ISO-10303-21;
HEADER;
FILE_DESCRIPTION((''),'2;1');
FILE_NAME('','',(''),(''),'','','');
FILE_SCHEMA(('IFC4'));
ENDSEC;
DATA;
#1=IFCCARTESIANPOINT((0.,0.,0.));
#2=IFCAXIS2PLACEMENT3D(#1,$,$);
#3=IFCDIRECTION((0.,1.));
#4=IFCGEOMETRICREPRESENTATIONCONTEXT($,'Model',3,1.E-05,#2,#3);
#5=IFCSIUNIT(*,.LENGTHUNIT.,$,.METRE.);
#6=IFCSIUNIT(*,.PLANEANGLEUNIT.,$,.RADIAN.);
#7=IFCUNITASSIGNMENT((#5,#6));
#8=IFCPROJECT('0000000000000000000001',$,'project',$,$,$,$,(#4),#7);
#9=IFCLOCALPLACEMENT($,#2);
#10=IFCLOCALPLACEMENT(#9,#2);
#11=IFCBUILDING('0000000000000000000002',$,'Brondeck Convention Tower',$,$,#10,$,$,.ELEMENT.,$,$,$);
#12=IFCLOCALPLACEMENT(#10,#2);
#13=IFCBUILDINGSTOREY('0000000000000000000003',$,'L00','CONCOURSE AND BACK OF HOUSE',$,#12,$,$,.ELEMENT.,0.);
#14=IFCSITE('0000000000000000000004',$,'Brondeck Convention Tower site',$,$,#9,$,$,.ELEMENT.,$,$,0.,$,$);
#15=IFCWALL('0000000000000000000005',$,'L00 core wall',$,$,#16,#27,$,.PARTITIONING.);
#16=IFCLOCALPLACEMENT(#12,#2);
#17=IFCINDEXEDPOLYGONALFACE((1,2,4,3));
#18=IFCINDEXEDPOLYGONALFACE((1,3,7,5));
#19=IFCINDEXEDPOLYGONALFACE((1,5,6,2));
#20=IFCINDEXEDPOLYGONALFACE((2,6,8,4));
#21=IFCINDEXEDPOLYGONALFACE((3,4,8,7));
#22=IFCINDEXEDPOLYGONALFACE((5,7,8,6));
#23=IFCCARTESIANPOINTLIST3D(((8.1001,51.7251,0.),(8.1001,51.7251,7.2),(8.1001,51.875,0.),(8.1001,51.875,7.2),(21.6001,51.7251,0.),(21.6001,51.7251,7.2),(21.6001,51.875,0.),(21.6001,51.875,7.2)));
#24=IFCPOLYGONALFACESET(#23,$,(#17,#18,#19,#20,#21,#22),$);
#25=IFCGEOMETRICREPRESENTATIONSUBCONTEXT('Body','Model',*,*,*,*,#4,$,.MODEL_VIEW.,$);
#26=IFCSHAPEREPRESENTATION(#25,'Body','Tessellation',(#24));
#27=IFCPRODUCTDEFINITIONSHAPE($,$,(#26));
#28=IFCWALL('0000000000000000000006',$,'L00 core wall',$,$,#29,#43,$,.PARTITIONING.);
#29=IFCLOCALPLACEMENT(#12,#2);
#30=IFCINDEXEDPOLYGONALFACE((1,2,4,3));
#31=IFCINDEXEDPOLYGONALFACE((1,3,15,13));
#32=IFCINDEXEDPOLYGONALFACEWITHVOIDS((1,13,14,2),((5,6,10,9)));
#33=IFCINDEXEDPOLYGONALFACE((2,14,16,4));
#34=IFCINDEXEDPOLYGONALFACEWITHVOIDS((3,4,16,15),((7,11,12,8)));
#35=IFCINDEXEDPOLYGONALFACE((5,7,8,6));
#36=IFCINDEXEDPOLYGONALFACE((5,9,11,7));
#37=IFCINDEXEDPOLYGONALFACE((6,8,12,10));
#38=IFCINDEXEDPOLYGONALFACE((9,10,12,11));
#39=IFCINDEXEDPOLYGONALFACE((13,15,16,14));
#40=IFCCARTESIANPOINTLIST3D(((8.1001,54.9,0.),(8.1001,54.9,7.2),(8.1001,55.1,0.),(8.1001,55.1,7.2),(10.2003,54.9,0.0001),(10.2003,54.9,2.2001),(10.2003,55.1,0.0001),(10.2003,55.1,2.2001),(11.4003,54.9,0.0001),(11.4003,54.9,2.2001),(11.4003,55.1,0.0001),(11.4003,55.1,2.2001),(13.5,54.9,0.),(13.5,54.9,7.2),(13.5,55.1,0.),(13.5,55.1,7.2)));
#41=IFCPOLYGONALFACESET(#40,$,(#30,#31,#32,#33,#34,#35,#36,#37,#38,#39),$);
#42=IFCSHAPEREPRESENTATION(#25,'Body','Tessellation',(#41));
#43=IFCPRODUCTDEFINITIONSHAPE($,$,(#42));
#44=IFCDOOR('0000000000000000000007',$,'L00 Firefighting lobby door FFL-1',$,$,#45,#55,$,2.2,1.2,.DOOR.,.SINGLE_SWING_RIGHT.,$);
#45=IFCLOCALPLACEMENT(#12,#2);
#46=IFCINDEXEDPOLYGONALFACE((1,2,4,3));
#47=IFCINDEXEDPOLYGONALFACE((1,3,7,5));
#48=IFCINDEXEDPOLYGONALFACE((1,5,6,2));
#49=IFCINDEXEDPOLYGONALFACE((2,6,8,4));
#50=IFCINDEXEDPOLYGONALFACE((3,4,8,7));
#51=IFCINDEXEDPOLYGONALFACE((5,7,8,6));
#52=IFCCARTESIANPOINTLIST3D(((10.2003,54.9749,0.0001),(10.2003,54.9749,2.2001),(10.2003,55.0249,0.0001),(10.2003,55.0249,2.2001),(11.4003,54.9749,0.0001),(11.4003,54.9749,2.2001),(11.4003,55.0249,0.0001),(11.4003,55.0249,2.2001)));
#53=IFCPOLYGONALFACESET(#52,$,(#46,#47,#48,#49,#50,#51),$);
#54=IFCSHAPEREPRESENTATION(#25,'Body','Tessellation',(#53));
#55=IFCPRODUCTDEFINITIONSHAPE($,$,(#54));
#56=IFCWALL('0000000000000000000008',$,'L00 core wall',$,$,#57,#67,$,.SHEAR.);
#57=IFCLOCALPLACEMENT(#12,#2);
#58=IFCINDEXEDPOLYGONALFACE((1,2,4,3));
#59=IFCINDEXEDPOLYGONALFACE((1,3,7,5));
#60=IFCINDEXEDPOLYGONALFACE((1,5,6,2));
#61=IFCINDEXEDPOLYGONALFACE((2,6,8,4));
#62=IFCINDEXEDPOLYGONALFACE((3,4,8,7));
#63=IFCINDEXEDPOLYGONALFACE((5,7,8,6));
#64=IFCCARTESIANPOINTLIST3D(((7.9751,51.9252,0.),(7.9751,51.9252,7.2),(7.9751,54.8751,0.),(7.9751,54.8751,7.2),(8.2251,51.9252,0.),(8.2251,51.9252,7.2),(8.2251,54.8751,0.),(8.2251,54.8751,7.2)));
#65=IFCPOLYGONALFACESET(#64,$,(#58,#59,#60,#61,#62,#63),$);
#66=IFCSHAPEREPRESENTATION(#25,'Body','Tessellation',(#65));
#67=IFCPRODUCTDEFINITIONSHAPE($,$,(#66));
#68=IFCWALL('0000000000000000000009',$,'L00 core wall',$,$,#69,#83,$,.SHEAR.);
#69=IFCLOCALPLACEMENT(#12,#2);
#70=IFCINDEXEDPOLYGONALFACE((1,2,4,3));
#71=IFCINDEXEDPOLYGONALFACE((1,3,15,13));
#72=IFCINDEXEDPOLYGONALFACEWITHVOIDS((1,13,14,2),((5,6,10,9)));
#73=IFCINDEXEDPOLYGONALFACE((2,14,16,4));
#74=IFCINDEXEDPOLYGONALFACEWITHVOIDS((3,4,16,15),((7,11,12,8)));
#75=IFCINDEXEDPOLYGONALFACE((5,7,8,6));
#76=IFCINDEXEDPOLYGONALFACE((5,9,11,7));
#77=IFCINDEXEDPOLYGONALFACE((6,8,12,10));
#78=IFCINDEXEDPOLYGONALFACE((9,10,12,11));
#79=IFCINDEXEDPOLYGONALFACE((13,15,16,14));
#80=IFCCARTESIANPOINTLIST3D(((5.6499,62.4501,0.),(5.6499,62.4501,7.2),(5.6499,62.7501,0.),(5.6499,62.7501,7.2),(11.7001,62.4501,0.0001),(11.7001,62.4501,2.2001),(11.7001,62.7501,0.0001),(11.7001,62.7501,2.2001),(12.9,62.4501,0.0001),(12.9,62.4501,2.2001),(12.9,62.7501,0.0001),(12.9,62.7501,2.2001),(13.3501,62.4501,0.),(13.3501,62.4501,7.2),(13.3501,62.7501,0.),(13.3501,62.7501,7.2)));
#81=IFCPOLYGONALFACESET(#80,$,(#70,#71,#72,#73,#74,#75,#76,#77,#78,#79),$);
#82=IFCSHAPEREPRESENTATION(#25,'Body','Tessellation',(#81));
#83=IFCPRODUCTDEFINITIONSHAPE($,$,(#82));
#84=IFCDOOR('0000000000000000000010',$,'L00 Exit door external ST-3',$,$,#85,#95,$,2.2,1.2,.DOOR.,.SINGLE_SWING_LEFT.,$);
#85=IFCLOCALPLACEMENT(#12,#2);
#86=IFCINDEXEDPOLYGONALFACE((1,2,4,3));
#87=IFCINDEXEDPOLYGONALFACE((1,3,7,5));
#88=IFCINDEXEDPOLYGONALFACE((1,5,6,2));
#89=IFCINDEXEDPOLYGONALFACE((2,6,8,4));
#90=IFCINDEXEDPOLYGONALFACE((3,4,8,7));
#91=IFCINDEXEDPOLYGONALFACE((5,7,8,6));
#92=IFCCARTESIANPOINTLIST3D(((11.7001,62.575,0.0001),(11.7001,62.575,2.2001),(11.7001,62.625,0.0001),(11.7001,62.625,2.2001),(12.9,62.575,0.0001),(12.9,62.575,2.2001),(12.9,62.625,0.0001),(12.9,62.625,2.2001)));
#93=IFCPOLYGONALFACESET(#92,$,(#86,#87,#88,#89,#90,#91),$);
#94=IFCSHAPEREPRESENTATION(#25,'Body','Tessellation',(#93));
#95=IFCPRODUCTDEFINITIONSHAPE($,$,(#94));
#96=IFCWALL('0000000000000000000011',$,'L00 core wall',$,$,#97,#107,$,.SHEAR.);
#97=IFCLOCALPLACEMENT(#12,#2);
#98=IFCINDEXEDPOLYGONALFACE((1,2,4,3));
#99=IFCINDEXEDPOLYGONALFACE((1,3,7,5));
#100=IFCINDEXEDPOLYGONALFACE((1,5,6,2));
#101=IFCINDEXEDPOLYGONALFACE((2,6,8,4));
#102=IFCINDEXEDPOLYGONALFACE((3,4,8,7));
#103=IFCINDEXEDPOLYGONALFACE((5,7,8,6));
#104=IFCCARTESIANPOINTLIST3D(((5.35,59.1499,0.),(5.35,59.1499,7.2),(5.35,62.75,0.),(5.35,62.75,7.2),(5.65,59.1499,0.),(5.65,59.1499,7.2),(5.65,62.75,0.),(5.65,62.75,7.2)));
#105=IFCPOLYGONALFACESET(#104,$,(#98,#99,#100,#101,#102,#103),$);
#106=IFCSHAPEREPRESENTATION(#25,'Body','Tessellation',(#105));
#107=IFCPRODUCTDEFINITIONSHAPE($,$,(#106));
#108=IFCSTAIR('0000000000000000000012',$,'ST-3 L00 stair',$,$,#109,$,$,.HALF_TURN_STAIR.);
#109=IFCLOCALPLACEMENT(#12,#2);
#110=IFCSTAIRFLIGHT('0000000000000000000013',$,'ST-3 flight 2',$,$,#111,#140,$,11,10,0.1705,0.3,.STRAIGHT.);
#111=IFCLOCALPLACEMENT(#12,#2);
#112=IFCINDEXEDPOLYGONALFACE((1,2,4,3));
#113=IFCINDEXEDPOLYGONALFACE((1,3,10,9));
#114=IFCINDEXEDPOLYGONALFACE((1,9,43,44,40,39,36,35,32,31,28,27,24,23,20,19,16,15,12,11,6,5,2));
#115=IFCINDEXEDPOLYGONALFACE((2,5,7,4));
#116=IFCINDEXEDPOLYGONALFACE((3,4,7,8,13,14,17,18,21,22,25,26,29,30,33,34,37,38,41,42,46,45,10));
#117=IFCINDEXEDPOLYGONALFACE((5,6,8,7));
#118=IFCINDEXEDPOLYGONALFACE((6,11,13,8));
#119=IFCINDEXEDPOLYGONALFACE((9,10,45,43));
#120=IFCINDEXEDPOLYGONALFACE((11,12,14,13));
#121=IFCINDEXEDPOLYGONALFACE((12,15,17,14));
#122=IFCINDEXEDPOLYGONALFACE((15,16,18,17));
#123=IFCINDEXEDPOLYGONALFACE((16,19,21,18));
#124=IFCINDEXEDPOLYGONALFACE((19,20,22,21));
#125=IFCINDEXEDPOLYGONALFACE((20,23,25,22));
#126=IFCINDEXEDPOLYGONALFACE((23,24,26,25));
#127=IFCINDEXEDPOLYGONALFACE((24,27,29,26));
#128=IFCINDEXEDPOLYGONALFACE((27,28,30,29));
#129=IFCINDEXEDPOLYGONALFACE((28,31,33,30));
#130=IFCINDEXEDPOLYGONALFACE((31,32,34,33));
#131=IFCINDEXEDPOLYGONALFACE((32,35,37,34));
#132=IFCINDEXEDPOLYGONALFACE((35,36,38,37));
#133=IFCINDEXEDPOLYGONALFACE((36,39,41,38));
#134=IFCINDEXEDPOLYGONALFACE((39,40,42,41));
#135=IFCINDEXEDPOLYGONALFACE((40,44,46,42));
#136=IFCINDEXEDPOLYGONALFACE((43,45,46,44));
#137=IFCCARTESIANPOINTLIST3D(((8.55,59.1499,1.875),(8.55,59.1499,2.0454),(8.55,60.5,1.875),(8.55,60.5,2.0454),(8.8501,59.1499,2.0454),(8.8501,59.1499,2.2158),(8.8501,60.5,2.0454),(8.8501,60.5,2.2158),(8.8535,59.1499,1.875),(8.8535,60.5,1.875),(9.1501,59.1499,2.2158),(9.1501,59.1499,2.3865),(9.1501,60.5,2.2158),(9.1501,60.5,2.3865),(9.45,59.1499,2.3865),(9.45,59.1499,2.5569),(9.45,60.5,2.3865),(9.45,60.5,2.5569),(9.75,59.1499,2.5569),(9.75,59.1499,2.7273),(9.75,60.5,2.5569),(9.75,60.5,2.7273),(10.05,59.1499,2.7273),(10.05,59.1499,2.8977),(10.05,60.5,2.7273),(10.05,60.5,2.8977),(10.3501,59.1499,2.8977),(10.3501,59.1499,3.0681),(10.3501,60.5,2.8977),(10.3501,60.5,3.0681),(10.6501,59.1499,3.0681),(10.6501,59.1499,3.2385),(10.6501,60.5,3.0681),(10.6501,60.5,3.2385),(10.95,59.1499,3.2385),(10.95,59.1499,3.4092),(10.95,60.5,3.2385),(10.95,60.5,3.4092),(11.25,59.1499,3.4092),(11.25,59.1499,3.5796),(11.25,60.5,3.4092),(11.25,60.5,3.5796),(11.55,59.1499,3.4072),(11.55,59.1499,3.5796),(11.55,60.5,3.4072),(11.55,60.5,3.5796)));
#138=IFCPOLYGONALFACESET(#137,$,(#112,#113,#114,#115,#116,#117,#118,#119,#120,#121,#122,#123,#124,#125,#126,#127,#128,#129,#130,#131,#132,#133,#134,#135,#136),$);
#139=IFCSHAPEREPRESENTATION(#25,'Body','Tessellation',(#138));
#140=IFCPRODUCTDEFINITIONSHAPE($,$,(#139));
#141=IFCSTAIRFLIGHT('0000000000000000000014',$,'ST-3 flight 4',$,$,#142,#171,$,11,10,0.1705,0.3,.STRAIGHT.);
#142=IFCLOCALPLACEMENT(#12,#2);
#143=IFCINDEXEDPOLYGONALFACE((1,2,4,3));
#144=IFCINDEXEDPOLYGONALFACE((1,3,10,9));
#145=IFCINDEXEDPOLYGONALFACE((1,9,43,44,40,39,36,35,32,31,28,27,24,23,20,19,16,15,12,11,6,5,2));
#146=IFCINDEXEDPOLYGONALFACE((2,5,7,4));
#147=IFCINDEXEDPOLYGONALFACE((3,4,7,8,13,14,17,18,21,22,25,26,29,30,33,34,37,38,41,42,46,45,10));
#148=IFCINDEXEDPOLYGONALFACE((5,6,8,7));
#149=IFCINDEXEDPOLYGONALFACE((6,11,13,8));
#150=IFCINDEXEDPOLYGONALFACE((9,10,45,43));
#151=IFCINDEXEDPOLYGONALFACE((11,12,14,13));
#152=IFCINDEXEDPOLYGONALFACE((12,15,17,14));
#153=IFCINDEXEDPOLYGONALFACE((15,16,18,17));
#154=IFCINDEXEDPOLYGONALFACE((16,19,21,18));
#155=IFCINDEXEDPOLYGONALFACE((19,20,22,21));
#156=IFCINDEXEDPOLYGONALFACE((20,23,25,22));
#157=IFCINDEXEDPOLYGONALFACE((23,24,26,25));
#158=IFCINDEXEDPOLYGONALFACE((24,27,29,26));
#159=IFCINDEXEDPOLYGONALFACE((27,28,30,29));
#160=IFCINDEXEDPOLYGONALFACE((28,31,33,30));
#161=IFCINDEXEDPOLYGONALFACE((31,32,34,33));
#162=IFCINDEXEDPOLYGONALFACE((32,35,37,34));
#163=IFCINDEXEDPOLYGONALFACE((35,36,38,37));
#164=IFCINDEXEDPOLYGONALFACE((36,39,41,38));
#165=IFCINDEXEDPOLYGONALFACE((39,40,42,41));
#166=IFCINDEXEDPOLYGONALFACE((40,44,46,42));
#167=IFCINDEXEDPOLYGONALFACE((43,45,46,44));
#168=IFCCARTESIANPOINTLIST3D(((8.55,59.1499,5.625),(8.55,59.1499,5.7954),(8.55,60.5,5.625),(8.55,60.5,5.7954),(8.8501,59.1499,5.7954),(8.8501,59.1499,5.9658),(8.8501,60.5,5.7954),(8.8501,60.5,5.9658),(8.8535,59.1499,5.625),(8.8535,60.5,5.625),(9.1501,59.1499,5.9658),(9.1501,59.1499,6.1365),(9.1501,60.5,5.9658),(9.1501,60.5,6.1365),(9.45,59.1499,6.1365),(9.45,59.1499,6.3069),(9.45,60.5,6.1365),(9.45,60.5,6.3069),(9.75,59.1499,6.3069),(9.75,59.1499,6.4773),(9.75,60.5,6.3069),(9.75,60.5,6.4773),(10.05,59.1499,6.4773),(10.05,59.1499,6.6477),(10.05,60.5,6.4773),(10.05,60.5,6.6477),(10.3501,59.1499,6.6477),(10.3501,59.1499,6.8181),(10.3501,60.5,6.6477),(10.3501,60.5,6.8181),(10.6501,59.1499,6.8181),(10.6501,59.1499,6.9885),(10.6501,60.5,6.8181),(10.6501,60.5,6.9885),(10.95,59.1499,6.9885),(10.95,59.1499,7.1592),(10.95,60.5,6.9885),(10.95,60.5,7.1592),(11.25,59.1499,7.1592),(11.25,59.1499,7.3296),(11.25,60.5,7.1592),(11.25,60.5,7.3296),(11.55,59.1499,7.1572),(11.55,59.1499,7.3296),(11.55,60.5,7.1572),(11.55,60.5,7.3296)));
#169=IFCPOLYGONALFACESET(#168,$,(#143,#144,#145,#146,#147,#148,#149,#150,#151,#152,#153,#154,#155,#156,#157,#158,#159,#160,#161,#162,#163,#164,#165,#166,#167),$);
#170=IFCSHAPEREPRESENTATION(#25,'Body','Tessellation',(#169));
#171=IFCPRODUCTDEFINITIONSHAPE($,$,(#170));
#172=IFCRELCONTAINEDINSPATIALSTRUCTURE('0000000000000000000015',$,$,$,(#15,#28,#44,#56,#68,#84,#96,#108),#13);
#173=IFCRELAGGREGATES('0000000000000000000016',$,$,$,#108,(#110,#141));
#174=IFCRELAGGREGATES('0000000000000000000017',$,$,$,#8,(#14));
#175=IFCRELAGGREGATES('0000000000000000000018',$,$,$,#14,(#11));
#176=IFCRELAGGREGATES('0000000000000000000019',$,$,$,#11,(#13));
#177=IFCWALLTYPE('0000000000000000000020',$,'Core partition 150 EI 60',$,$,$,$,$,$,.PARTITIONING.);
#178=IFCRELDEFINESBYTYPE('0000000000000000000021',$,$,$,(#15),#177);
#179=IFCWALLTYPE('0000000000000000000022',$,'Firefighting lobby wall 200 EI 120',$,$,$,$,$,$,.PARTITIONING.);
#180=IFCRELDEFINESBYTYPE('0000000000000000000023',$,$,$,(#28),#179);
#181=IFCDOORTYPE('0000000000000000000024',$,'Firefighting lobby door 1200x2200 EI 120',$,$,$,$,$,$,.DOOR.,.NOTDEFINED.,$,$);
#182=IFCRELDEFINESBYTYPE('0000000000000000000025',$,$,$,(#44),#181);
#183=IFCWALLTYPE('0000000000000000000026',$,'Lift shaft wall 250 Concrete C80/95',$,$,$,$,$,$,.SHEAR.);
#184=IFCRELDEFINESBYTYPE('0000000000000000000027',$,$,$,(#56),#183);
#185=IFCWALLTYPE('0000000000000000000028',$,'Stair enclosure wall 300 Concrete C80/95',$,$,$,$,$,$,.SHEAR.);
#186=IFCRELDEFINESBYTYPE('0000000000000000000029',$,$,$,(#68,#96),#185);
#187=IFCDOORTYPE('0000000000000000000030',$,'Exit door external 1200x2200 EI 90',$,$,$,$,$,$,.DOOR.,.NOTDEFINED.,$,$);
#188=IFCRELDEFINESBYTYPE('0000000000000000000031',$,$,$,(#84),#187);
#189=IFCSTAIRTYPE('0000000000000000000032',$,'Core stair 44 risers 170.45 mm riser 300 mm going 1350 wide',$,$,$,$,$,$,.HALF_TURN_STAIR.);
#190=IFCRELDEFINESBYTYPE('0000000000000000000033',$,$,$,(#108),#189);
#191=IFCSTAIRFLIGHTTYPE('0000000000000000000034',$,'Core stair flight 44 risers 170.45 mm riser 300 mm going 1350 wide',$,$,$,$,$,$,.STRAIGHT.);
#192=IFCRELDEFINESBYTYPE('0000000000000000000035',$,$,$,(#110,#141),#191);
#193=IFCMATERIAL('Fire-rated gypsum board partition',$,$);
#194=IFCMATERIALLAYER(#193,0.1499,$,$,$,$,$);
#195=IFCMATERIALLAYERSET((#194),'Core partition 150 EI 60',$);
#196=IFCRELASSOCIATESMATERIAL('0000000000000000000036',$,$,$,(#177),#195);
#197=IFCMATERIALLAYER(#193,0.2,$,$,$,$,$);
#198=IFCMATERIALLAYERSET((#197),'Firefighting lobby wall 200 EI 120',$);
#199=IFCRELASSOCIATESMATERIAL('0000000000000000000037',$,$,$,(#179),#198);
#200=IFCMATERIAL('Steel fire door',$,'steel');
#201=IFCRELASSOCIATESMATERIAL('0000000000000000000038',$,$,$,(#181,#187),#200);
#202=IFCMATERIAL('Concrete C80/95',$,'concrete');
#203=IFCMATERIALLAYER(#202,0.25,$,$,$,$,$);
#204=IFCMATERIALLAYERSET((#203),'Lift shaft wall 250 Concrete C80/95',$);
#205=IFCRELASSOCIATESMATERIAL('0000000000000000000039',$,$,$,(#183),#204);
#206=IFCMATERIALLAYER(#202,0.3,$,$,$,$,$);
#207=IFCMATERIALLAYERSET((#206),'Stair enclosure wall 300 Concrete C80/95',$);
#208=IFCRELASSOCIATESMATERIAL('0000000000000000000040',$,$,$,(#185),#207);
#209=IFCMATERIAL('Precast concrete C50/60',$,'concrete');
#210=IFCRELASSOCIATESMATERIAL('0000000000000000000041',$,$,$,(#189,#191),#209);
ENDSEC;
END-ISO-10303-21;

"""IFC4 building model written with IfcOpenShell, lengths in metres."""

from ifc_helpers import new_model, si_unit, direction, frame, frame_2d, origin, place, context, subcontext, project, spatial, polyline, rectangle, outline, extrude, material, layer, layer_set, type_object, element, fill, aggregate, save


model = new_model("IFC4")

# Units and contexts
model_context = context("Model", 3, precision=1e-05, world=origin(), true_north=direction((0.0, 1.0)))
body_context = subcontext(model_context, "Body", "Model", "MODEL_VIEW")
ifc_project = project(units=[si_unit("LENGTHUNIT", "METRE"), si_unit("PLANEANGLEUNIT", "RADIAN")], contexts=[model_context])

# Site, building, storey
site_placement = place(None, origin())
site = spatial("IfcSite", under=ifc_project, at=site_placement, Name="Brondeck Convention Tower site", CompositionType="ELEMENT", RefElevation=0.0)
building_placement = place(site_placement, origin())
building = spatial("IfcBuilding", under=site, at=building_placement, Name="Brondeck Convention Tower", CompositionType="ELEMENT")
storey_placement = place(building_placement, origin())
storey = spatial("IfcBuildingStorey", under=building, at=storey_placement, Name="L00", Description="CONCOURSE AND BACK OF HOUSE", CompositionType="ELEMENT", Elevation=0.0)

# Shared definitions
ifc_material_1 = material(Name="Concrete C80/95", Category="concrete")

# Wall
ifc_material_2 = material(Name="Fire-rated gypsum board partition")
ifc_layer_1 = layer(ifc_material_2, 0.1499)
ifc_layer_set_1 = layer_set([ifc_layer_1], Name="Core partition 150 EI 60")
wall_type_1 = type_object("IfcWallType", Name="Core partition 150 EI 60", PredefinedType="PARTITIONING", material=ifc_layer_set_1)
wall_1_placement = place(storey_placement, frame((8.1001, 51.8, 0.0), z_axis=(0.0, 0.0, 1.0), x_axis=(1.0, 0.0, 0.0)))
element("IfcWall", 1, at=wall_1_placement, inside=storey, type_object=wall_type_1, Name="L00 core wall", PredefinedType="PARTITIONING", context=body_context, shape_type="SweptSolid", body=[
    extrude(rectangle(XDim=13.5, YDim=0.1499, at=frame_2d((6.75, 0.0))), origin(), (0.0, 0.0, 1.0), 7.2),
])

# Wall, opening, door
ifc_layer_2 = layer(ifc_material_2, 0.2)
ifc_layer_set_2 = layer_set([ifc_layer_2], Name="Firefighting lobby wall 200 EI 120")
wall_type_2 = type_object("IfcWallType", Name="Firefighting lobby wall 200 EI 120", PredefinedType="PARTITIONING", material=ifc_layer_set_2)
wall_2_placement = place(storey_placement, frame((8.1001, 55.0, 0.0), z_axis=(0.0, 0.0, 1.0), x_axis=(1.0, 0.0, 0.0)))
wall_2 = element("IfcWall", 2, at=wall_2_placement, inside=storey, type_object=wall_type_2, Name="L00 core wall", PredefinedType="PARTITIONING", context=body_context, shape_type="SweptSolid", body=[
    extrude(rectangle(XDim=5.3999, YDim=0.2, at=frame_2d((2.7, 0.0))), origin(), (0.0, 0.0, 1.0), 7.2),
])
opening_1_placement = place(wall_2_placement, frame((2.1001, 0.0, 0.0)))
opening_1 = element("IfcOpeningElement", 3, at=opening_1_placement, cuts=wall_2, PredefinedType="OPENING", context=body_context, shape_type="SweptSolid", body=[
    extrude(rectangle(XDim=1.2, YDim=2.2, at=frame_2d((0.6001, 1.1001))), frame((0.0, 0.1099, 0.0), z_axis=(0.0, -1.0, 0.0), x_axis=(1.0, 0.0, 0.0)), (0.0, 0.0, 1.0), 0.22),
])
ifc_material_3 = material(Name="Steel fire door", Category="steel")
door_type_1 = type_object("IfcDoorType", Name="Firefighting lobby door 1200x2200 EI 120", OperationType="NOTDEFINED", PredefinedType="DOOR", material=ifc_material_3)
door_1_placement = place(opening_1_placement, origin())
door_1 = element("IfcDoor", 4, at=door_1_placement, inside=storey, type_object=door_type_1, Name="L00 Firefighting lobby door FFL-1", OperationType="SINGLE_SWING_RIGHT", OverallHeight=2.2, OverallWidth=1.2, PredefinedType="DOOR", context=body_context, shape_type="SweptSolid", body=[
    extrude(rectangle(XDim=1.2, YDim=2.2, at=frame_2d((0.6001, 1.1001))), frame((0.0, 0.0249, 0.0), z_axis=(0.0, -1.0, 0.0), x_axis=(1.0, 0.0, 0.0)), (0.0, 0.0, 1.0), 0.05),
])
fill(opening_1, door_1)

# Wall
ifc_layer_3 = layer(ifc_material_1, 0.25)
ifc_layer_set_3 = layer_set([ifc_layer_3], Name="Lift shaft wall 250 Concrete C80/95")
wall_type_3 = type_object("IfcWallType", Name="Lift shaft wall 250 Concrete C80/95", PredefinedType="SHEAR", material=ifc_layer_set_3)
wall_3_placement = place(storey_placement, frame((8.1001, 51.925, 0.0), z_axis=(0.0, 0.0, 1.0), x_axis=(0.0, 1.0, 0.0)))
element("IfcWall", 5, at=wall_3_placement, inside=storey, type_object=wall_type_3, Name="L00 core wall", PredefinedType="SHEAR", context=body_context, shape_type="SweptSolid", body=[
    extrude(rectangle(XDim=2.95, YDim=0.25, at=frame_2d((1.4751, 0.0))), origin(), (0.0, 0.0, 1.0), 7.2),
])

# Wall, opening, door
ifc_layer_4 = layer(ifc_material_1, 0.3)
ifc_layer_set_4 = layer_set([ifc_layer_4], Name="Stair enclosure wall 300 Concrete C80/95")
wall_type_4 = type_object("IfcWallType", Name="Stair enclosure wall 300 Concrete C80/95", PredefinedType="SHEAR", material=ifc_layer_set_4)
wall_4_placement = place(storey_placement, frame((5.6499, 62.6001, 0.0), z_axis=(0.0, 0.0, 1.0), x_axis=(1.0, 0.0, 0.0)))
wall_4 = element("IfcWall", 6, at=wall_4_placement, inside=storey, type_object=wall_type_4, Name="L00 core wall", PredefinedType="SHEAR", context=body_context, shape_type="SweptSolid", body=[
    extrude(rectangle(XDim=7.7002, YDim=0.3, at=frame_2d((3.8501, 0.0))), origin(), (0.0, 0.0, 1.0), 7.2),
])
opening_2_placement = place(wall_4_placement, frame((6.05, 0.0, 0.0)))
opening_2 = element("IfcOpeningElement", 7, at=opening_2_placement, cuts=wall_4, PredefinedType="OPENING", context=body_context, shape_type="SweptSolid", body=[
    extrude(rectangle(XDim=1.2, YDim=2.2, at=frame_2d((0.6001, 1.1001))), frame((0.0, 0.1599, 0.0), z_axis=(0.0, -1.0, 0.0), x_axis=(1.0, 0.0, 0.0)), (0.0, 0.0, 1.0), 0.3201),
])
door_type_2 = type_object("IfcDoorType", Name="Exit door external 1200x2200 EI 90", OperationType="NOTDEFINED", PredefinedType="DOOR", material=ifc_material_3)
door_2_placement = place(opening_2_placement, origin())
door_2 = element("IfcDoor", 8, at=door_2_placement, inside=storey, type_object=door_type_2, Name="L00 Exit door external ST-3", OperationType="SINGLE_SWING_LEFT", OverallHeight=2.2, OverallWidth=1.2, PredefinedType="DOOR", context=body_context, shape_type="SweptSolid", body=[
    extrude(rectangle(XDim=1.2, YDim=2.2, at=frame_2d((0.6001, 1.1001))), frame((0.0, 0.0249, 0.0), z_axis=(0.0, -1.0, 0.0), x_axis=(1.0, 0.0, 0.0)), (0.0, 0.0, 1.0), 0.05),
])
fill(opening_2, door_2)

# Wall
wall_5_placement = place(storey_placement, frame((5.5, 59.1499, 0.0), z_axis=(0.0, 0.0, 1.0), x_axis=(0.0, 1.0, 0.0)))
element("IfcWall", 9, at=wall_5_placement, inside=storey, type_object=wall_type_4, Name="L00 core wall", PredefinedType="SHEAR", context=body_context, shape_type="SweptSolid", body=[
    extrude(rectangle(XDim=3.6001, YDim=0.3, at=frame_2d((1.8, 0.0))), origin(), (0.0, 0.0, 1.0), 7.2),
])

# Stair, stair flights
ifc_material_4 = material(Name="Precast concrete C50/60", Category="concrete")
stair_type = type_object("IfcStairType", Name="Core stair 44 risers 170.45 mm riser 300 mm going 1350 wide", PredefinedType="HALF_TURN_STAIR", material=ifc_material_4)
stair_placement = place(storey_placement, origin())
stair = element("IfcStair", 10, at=stair_placement, inside=storey, type_object=stair_type, Name="ST-3 L00 stair", PredefinedType="HALF_TURN_STAIR")
stair_flight_type = type_object("IfcStairFlightType", Name="Core stair flight 44 risers 170.45 mm riser 300 mm going 1350 wide", PredefinedType="STRAIGHT", material=ifc_material_4)
stair_flight_1_placement = place(storey_placement, frame((8.55, 59.825, 1.875), z_axis=(0.0, 0.0, 1.0), x_axis=(1.0, 0.0, 0.0)))
stair_flight_1 = element("IfcStairFlight", 11, at=stair_flight_1_placement, type_object=stair_flight_type, Name="ST-3 flight 2", NumberOfRisers=11, NumberOfTreads=10, PredefinedType="STRAIGHT", RiserHeight=0.1705, TreadLength=0.3, context=body_context, shape_type="SweptSolid", body=[
    extrude(outline(polyline([(0.0, 0.0), (0.0, 0.1704), (0.3, 0.1704), (0.3, 0.3408), (0.6001, 0.3408), (0.6001, 0.5115), (0.8999, 0.5115), (0.8999, 0.6819), (1.2, 0.6819), (1.2, 0.8523), (1.5, 0.8523), (1.5, 1.0227), (1.8, 1.0227), (1.8, 1.1931), (2.1001, 1.1931), (2.1001, 1.3635), (2.3999, 1.3635), (2.3999, 1.5342), (2.7, 1.5342), (2.7, 1.7046), (3.0, 1.7046), (3.0, 1.875), (3.0, 1.5322), (0.3035, 0.0), (0.0, 0.0)])), frame((0.0, 0.675, 0.0), z_axis=(0.0, -1.0, 0.0), x_axis=(1.0, 0.0, 0.0)), (0.0, 0.0, 1.0), 1.3501),
])
stair_flight_2_placement = place(storey_placement, frame((8.55, 59.825, 5.625), z_axis=(0.0, 0.0, 1.0), x_axis=(1.0, 0.0, 0.0)))
stair_flight_2 = element("IfcStairFlight", 12, at=stair_flight_2_placement, type_object=stair_flight_type, Name="ST-3 flight 4", NumberOfRisers=11, NumberOfTreads=10, PredefinedType="STRAIGHT", RiserHeight=0.1705, TreadLength=0.3, context=body_context, shape_type="SweptSolid", body=[
    extrude(outline(polyline([(0.0, 0.0), (0.0, 0.1704), (0.3, 0.1704), (0.3, 0.3408), (0.6001, 0.3408), (0.6001, 0.5115), (0.8999, 0.5115), (0.8999, 0.6819), (1.2, 0.6819), (1.2, 0.8523), (1.5, 0.8523), (1.5, 1.0227), (1.8, 1.0227), (1.8, 1.1931), (2.1001, 1.1931), (2.1001, 1.3635), (2.3999, 1.3635), (2.3999, 1.5342), (2.7, 1.5342), (2.7, 1.7046), (3.0, 1.7046), (3.0, 1.875), (3.0, 1.5322), (0.3035, 0.0), (0.0, 0.0)])), frame((0.0, 0.675, 0.0), z_axis=(0.0, -1.0, 0.0), x_axis=(1.0, 0.0, 0.0)), (0.0, 0.0, 1.0), 1.3501),
])
aggregate(stair, [stair_flight_1, stair_flight_2])

save(model, "model.ifc")
